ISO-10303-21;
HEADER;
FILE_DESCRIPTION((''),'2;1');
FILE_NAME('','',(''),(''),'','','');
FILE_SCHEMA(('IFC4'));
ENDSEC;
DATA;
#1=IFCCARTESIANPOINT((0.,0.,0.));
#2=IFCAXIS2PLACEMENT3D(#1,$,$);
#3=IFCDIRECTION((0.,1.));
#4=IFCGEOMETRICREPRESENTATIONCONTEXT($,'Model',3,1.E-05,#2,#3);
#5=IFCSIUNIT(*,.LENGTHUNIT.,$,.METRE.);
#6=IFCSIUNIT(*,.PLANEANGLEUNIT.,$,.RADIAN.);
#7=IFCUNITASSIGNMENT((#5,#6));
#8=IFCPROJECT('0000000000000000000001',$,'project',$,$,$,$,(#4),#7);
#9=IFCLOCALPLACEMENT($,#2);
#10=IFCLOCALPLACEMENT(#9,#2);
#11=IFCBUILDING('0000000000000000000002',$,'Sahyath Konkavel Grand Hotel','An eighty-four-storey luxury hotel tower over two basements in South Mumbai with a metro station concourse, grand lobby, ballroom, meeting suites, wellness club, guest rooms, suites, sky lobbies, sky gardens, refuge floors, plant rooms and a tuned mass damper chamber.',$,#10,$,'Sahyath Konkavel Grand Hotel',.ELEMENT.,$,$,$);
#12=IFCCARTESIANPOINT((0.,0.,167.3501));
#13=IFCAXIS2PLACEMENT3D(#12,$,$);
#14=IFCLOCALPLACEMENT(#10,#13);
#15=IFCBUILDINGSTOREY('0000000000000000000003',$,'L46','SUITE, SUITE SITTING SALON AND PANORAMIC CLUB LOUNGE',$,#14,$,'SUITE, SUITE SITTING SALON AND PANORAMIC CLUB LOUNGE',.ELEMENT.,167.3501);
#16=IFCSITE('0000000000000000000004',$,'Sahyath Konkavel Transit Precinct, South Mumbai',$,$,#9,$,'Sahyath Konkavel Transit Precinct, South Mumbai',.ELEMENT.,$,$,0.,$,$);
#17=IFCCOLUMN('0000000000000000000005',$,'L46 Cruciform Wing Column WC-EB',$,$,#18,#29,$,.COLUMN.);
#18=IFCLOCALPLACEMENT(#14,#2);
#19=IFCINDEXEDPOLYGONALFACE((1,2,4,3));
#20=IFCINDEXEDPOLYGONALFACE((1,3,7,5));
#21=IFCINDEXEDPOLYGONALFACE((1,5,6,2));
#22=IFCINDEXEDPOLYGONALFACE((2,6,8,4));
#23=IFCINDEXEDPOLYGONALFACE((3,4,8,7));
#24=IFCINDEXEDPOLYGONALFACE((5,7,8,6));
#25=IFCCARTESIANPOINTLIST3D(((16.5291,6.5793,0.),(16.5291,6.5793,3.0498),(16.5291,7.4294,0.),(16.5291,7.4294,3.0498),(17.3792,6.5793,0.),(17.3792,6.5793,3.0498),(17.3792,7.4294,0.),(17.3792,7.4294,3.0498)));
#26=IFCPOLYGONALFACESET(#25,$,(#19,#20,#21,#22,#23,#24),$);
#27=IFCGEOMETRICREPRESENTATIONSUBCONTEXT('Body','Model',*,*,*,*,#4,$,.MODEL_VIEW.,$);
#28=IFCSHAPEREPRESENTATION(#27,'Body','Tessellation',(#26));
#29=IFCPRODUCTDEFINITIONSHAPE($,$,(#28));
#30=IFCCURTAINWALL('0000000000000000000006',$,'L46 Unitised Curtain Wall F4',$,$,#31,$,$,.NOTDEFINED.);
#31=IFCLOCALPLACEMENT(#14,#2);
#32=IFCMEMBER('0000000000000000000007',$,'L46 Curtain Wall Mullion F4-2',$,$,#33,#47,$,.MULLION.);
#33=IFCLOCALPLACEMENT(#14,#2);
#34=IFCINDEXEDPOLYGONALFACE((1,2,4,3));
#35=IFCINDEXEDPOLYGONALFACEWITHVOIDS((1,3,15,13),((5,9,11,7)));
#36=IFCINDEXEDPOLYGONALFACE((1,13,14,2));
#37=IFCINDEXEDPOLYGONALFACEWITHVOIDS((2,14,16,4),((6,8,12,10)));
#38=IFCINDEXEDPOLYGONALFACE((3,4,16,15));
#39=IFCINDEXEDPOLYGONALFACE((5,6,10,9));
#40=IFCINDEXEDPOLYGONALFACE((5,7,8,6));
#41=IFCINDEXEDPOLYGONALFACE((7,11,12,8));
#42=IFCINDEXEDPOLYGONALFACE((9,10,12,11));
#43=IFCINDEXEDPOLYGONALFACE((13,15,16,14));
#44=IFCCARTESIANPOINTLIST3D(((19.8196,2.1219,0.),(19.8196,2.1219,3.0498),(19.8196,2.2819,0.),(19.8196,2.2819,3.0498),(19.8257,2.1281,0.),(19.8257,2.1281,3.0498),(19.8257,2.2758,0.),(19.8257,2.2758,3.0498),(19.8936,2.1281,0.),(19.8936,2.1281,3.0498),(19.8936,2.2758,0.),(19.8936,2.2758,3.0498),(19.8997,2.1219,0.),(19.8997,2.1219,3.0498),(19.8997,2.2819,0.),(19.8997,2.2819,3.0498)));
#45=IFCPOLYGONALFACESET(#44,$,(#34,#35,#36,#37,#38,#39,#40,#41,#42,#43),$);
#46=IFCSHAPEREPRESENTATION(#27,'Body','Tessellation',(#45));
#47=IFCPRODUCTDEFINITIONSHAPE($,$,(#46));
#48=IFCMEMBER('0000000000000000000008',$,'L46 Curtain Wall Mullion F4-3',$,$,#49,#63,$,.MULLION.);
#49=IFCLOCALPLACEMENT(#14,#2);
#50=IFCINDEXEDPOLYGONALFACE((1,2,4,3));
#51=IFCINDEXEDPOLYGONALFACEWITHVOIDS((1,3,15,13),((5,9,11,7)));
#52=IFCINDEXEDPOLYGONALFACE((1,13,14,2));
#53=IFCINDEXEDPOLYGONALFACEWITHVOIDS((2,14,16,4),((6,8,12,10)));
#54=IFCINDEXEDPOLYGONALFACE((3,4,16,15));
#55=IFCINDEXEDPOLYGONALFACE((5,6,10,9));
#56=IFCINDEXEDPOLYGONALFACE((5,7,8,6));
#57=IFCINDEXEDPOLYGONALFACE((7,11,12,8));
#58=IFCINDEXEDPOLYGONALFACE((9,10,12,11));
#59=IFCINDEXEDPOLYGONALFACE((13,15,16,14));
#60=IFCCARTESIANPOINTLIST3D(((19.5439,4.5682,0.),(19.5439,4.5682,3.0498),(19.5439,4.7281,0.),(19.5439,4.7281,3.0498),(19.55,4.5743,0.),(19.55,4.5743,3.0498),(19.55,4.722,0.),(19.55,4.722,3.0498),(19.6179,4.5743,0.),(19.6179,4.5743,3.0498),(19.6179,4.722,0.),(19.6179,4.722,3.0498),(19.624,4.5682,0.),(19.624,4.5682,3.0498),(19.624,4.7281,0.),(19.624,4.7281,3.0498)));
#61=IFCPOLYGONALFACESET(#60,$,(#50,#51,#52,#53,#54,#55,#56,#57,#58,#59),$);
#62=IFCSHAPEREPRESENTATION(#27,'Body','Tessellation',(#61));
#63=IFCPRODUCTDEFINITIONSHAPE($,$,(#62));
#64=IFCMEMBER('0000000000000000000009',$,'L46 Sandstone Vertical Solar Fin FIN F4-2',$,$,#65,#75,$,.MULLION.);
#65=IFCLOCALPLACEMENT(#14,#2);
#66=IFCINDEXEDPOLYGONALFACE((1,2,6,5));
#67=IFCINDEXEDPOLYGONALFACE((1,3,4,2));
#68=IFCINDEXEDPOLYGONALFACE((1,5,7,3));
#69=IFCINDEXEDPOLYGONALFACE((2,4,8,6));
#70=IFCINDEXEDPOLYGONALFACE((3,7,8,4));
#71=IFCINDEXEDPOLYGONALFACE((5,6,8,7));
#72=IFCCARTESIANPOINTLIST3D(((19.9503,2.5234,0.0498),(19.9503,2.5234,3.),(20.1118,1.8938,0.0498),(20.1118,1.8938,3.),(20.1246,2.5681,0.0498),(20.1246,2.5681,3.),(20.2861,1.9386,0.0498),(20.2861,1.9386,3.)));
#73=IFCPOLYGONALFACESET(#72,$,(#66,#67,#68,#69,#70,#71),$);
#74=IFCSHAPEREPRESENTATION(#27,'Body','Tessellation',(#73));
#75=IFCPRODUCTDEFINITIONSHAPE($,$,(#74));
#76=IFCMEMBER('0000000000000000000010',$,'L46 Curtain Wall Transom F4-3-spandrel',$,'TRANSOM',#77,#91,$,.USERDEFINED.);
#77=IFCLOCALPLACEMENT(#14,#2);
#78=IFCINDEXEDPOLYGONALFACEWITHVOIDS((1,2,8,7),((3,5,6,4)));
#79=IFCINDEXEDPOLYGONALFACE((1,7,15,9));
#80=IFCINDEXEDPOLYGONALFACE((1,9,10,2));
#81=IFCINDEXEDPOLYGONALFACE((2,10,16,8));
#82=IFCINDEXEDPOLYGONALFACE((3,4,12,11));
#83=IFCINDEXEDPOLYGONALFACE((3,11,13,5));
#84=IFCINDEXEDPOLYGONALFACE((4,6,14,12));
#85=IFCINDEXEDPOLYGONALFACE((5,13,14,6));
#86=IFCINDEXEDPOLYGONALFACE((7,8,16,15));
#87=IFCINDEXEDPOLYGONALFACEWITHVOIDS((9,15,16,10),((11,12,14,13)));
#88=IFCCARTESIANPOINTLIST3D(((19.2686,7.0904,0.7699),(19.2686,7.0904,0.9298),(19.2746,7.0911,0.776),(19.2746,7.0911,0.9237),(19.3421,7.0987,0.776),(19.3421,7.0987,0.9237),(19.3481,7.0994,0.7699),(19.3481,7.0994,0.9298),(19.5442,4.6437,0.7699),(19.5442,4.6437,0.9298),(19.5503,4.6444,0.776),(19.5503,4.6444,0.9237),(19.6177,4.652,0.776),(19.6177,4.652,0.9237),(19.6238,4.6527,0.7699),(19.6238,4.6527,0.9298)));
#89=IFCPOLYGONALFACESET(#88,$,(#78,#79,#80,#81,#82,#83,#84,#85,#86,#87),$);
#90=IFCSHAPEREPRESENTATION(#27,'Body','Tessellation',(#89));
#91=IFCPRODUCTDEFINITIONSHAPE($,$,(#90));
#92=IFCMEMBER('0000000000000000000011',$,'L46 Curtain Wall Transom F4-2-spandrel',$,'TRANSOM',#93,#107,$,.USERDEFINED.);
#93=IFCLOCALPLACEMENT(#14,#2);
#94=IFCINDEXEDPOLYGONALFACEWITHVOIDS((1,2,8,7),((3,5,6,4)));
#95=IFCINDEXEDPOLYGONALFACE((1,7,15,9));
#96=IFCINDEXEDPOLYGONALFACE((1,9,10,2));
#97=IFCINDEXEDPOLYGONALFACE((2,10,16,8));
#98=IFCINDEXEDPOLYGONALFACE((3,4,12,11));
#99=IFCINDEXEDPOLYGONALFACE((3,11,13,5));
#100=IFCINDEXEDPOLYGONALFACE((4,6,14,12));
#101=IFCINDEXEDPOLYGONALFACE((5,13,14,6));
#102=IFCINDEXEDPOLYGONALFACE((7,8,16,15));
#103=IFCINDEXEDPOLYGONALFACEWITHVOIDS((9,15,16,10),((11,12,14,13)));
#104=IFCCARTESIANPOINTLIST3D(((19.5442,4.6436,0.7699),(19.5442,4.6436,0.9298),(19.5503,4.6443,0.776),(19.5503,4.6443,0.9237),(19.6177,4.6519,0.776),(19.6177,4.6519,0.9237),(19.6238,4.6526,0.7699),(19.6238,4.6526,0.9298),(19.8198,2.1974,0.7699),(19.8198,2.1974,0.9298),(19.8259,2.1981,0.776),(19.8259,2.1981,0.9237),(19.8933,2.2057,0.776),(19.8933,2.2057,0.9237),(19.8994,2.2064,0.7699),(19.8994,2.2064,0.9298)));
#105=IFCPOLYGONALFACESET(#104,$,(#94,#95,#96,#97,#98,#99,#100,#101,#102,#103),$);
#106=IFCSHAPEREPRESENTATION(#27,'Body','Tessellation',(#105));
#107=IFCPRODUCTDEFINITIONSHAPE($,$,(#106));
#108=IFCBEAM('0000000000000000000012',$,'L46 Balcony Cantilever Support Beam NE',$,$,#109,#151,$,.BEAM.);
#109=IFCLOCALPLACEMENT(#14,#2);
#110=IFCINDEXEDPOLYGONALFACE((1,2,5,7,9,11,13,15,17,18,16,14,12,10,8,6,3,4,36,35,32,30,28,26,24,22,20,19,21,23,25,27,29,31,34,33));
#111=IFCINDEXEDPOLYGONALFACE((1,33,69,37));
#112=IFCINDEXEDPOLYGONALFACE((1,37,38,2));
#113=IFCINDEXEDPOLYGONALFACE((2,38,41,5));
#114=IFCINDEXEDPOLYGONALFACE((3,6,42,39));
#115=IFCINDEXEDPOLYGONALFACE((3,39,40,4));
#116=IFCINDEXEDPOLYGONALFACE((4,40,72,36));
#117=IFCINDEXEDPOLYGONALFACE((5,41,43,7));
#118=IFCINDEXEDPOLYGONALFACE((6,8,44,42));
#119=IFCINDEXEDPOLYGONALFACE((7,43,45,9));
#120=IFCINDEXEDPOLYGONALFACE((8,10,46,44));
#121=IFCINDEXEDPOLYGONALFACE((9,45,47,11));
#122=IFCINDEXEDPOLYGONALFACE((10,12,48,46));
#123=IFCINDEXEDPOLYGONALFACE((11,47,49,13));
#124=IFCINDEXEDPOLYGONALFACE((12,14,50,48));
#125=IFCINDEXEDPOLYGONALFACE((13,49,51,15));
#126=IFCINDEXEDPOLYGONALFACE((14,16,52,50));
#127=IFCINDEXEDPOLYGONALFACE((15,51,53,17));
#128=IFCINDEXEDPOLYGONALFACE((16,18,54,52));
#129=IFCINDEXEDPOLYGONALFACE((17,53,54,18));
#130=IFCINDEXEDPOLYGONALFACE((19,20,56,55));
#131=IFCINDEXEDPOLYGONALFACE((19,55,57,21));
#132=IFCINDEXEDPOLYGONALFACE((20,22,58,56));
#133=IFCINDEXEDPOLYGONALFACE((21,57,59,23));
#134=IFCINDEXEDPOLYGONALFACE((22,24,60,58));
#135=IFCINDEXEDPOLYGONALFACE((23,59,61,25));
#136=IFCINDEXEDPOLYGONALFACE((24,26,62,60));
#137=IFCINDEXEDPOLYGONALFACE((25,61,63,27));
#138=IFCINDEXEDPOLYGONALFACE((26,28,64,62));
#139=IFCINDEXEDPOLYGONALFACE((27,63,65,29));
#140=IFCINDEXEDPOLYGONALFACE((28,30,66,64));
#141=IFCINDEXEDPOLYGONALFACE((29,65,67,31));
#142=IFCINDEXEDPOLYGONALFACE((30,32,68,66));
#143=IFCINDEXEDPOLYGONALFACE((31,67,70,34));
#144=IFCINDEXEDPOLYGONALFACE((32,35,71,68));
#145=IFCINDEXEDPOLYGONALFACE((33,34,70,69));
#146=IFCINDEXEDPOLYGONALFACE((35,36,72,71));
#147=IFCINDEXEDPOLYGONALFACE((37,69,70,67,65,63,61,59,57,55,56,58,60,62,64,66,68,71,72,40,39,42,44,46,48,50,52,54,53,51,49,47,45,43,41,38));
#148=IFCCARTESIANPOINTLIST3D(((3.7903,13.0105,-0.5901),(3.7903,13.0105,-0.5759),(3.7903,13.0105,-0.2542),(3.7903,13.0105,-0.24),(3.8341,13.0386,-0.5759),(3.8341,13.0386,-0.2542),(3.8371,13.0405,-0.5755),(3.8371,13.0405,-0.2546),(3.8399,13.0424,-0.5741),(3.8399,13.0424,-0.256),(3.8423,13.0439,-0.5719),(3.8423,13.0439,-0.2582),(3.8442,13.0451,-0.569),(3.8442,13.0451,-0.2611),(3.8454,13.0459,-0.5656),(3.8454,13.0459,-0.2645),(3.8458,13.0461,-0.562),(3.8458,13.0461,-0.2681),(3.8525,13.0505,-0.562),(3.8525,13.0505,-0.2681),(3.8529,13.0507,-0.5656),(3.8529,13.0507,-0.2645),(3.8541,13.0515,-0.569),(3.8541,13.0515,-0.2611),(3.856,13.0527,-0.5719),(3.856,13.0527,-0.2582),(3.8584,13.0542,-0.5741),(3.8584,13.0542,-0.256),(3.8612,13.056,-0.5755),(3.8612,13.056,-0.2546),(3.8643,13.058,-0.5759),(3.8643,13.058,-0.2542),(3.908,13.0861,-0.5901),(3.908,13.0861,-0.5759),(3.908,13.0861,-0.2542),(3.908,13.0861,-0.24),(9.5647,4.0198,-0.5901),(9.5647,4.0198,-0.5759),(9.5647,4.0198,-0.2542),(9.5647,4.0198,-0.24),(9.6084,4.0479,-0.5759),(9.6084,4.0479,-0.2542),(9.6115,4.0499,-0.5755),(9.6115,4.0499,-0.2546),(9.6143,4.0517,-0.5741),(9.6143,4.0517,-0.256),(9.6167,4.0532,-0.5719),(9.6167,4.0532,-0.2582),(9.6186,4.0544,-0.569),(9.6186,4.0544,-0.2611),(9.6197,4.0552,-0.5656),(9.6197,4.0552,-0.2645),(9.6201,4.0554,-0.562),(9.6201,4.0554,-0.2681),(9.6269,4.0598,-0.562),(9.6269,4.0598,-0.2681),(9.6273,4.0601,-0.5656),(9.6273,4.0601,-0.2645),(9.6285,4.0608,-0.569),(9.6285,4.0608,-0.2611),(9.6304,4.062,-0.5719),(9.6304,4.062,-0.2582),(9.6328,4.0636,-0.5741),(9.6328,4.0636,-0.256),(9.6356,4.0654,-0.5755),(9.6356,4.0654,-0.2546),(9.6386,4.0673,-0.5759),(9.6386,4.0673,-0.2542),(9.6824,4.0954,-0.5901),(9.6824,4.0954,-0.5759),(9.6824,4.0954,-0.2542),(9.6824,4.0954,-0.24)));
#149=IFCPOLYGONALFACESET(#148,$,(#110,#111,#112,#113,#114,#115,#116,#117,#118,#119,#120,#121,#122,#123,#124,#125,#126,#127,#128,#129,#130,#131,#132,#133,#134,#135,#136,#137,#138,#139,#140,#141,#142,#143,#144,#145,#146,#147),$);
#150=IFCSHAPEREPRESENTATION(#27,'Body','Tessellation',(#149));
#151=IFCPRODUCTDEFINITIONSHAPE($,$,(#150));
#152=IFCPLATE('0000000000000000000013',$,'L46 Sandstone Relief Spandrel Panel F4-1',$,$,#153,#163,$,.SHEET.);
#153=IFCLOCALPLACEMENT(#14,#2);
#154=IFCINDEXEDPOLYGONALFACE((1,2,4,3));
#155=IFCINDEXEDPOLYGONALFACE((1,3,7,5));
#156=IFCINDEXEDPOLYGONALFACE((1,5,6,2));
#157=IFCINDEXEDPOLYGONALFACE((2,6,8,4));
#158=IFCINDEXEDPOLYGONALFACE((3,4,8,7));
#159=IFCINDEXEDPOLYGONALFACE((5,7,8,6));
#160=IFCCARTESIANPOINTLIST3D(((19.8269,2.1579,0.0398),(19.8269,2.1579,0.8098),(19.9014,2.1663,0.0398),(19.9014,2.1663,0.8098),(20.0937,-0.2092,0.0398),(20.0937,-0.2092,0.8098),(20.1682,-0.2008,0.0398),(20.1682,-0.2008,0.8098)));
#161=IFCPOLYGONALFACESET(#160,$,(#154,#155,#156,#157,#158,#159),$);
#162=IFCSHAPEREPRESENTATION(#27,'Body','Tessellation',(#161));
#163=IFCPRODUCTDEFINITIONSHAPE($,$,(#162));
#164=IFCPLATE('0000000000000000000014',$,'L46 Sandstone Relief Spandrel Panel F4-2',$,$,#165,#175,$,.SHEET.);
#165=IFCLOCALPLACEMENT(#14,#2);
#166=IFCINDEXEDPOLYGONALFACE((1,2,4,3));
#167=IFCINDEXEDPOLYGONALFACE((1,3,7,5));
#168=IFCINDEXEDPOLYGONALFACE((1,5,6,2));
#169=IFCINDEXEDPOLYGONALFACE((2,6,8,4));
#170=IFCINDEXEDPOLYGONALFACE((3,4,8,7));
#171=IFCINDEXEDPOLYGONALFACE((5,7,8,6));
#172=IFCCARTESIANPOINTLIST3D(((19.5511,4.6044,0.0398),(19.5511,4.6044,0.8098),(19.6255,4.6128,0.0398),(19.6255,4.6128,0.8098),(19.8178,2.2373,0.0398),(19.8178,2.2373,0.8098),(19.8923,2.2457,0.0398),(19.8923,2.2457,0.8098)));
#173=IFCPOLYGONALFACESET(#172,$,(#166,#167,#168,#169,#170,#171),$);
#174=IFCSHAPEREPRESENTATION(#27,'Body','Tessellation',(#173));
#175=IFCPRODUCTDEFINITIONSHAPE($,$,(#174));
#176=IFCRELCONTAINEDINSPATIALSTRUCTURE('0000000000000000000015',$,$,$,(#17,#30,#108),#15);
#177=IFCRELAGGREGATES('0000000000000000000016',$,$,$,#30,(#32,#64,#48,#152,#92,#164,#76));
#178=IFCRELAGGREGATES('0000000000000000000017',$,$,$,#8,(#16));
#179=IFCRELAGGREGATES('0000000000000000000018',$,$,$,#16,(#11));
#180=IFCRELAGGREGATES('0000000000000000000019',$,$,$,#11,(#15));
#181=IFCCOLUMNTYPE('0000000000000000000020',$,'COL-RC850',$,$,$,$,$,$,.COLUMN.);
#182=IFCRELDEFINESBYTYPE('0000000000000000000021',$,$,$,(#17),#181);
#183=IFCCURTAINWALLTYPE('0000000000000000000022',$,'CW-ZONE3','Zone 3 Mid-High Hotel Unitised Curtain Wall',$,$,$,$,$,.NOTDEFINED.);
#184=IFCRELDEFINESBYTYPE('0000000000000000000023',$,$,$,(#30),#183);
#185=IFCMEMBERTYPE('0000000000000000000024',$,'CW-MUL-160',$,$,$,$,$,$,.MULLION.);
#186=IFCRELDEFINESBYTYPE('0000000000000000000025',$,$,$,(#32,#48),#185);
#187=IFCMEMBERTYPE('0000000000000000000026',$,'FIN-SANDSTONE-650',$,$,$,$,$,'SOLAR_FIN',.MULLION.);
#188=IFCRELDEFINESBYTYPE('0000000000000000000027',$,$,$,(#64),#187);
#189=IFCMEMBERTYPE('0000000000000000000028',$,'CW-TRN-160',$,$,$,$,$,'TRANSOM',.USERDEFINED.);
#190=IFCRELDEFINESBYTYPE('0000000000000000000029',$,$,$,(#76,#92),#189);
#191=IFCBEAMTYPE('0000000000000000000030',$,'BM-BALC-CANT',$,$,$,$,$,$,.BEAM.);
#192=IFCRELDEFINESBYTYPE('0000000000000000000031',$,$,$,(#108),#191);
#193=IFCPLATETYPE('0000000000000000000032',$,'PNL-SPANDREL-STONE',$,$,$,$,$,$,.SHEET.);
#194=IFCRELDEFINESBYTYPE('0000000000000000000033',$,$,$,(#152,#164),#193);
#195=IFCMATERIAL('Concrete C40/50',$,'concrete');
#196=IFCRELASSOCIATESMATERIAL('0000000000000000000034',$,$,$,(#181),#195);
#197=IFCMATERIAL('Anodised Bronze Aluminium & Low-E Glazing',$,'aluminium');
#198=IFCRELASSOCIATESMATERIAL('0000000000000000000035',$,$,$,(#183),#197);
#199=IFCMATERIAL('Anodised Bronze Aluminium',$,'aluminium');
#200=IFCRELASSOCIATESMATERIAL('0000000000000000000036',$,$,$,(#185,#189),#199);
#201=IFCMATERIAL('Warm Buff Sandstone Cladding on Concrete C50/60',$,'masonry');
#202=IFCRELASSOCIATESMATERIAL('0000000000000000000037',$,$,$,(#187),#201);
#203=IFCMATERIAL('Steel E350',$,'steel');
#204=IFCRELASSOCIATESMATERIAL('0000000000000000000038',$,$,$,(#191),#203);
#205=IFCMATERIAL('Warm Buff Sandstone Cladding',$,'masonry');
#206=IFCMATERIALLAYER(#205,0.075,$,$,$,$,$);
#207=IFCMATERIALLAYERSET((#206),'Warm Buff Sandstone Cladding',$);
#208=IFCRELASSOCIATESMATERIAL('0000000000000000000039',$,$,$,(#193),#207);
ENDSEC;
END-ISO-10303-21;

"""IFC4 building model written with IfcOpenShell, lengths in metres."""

from ifc_helpers import new_model, si_unit, direction, frame, origin, origin_2d, place, context, subcontext, project, spatial, rectangle, hollow_rectangle, i_section, extrude, source, transform, mapped, material, layer, layer_set, material_profile, profile_set, type_object, element, aggregate, save


model = new_model("IFC4")

# Units and contexts
model_context = context("Model", 3, precision=1e-05, world=origin(), true_north=direction((0.0, 1.0)))
body_context = subcontext(model_context, "Body", "Model", "MODEL_VIEW")
ifc_project = project(units=[si_unit("LENGTHUNIT", "METRE"), si_unit("PLANEANGLEUNIT", "RADIAN")], contexts=[model_context])

# Site, building, storey
site_placement = place(None, origin())
site = spatial("IfcSite", under=ifc_project, at=site_placement, Name="Sahyath Konkavel Transit Precinct, South Mumbai", LongName="Sahyath Konkavel Transit Precinct, South Mumbai", CompositionType="ELEMENT", RefElevation=0.0)
building_placement = place(site_placement, origin())
building = spatial("IfcBuilding", under=site, at=building_placement, Name="Sahyath Konkavel Grand Hotel", Description="An eighty-four-storey luxury hotel tower over two basements in South Mumbai with a metro station concourse, grand lobby, ballroom, meeting suites, wellness club, guest rooms, suites, sky lobbies, sky gardens, refuge floors, plant rooms and a tuned mass damper chamber.", LongName="Sahyath Konkavel Grand Hotel", CompositionType="ELEMENT")
storey_placement = place(building_placement, frame((0.0, 0.0, 167.3501)))
storey = spatial("IfcBuildingStorey", under=building, at=storey_placement, Name="L46", Description="SUITE, SUITE SITTING SALON AND PANORAMIC CLUB LOUNGE", LongName="SUITE, SUITE SITTING SALON AND PANORAMIC CLUB LOUNGE", CompositionType="ELEMENT", Elevation=167.3501)

# Column
ifc_material_1 = material(Name="Concrete C40/50", Category="concrete")
ifc_material_profile_1 = material_profile(ifc_material_1, rectangle(XDim=0.8501, YDim=0.8501, at=origin_2d()), Name="RC 850x850")
ifc_profile_set_1 = profile_set([ifc_material_profile_1], Name="Concrete C40/50")
column_type = type_object("IfcColumnType", Name="COL-RC850", PredefinedType="COLUMN", material=ifc_profile_set_1)
shared_shape_1 = source(origin(), body_context, "Body", "SweptSolid", [
    extrude(rectangle(XDim=0.8501, YDim=0.8501, at=origin_2d()), origin(), (0.0, 0.0, 1.0), 3.0498),
])
column_placement = place(storey_placement, frame((16.9541, 7.0044, 0.0), z_axis=(0.0, 0.0, 1.0), x_axis=(1.0, 0.0, 0.0)))
element("IfcColumn", 1, at=column_placement, inside=storey, type_object=column_type, Name="L46 Cruciform Wing Column WC-EB", PredefinedType="COLUMN", context=body_context, shape_type="MappedRepresentation", body=[
    mapped(shared_shape_1, transform((0.0, 0.0, 0.0), scale=1.0)),
])

# Curtain wall, members
ifc_material_2 = material(Name="Anodised Bronze Aluminium & Low-E Glazing", Category="aluminium")
curtain_wall_type = type_object("IfcCurtainWallType", Name="CW-ZONE3", Description="Zone 3 Mid-High Hotel Unitised Curtain Wall", PredefinedType="NOTDEFINED", material=ifc_material_2)
curtain_wall_placement = place(storey_placement, origin())
curtain_wall = element("IfcCurtainWall", 2, at=curtain_wall_placement, inside=storey, type_object=curtain_wall_type, Name="L46 Unitised Curtain Wall F4", PredefinedType="NOTDEFINED")
ifc_material_3 = material(Name="Anodised Bronze Aluminium", Category="aluminium")
ifc_material_profile_2 = material_profile(ifc_material_3, hollow_rectangle(XDim=0.0801, YDim=0.1599, WallThickness=0.0061, at=origin_2d()), Name="RHS 160x80x6")
ifc_profile_set_2 = profile_set([ifc_material_profile_2], Name="Anodised Bronze Aluminium")
member_type_1 = type_object("IfcMemberType", Name="CW-MUL-160", PredefinedType="MULLION", material=ifc_profile_set_2)
shared_shape_2 = source(origin(), body_context, "Body", "SweptSolid", [
    extrude(hollow_rectangle(XDim=0.0801, YDim=0.1599, WallThickness=0.0061, at=origin_2d()), origin(), (0.0, 0.0, 1.0), 3.0498),
])
member_1_placement = place(storey_placement, frame((19.8596, 2.2019, 0.0), z_axis=(0.0, 0.0, 1.0), x_axis=(1.0, 0.0, 0.0)))
member_1 = element("IfcMember", 3, at=member_1_placement, type_object=member_type_1, Name="L46 Curtain Wall Mullion F4-2", PredefinedType="MULLION", context=body_context, shape_type="MappedRepresentation", body=[
    mapped(shared_shape_2, transform((0.0, 0.0, 0.0), scale=1.0)),
])
member_2_placement = place(storey_placement, frame((19.584, 4.6482, 0.0), z_axis=(0.0, 0.0, 1.0), x_axis=(1.0, 0.0, 0.0)))
member_2 = element("IfcMember", 4, at=member_2_placement, type_object=member_type_1, Name="L46 Curtain Wall Mullion F4-3", PredefinedType="MULLION", context=body_context, shape_type="MappedRepresentation", body=[
    mapped(shared_shape_2, transform((0.0, 0.0, 0.0), scale=1.0)),
])
ifc_material_4 = material(Name="Warm Buff Sandstone Cladding on Concrete C50/60", Category="masonry")
ifc_material_profile_3 = material_profile(ifc_material_4, rectangle(XDim=0.1799, YDim=0.6499, at=origin_2d()), Name="FIN 180x650")
ifc_profile_set_3 = profile_set([ifc_material_profile_3], Name="Warm Buff Sandstone Cladding on Concrete C50/60")
member_type_2 = type_object("IfcMemberType", Name="FIN-SANDSTONE-650", ElementType="SOLAR_FIN", PredefinedType="MULLION", material=ifc_profile_set_3)
shared_shape_3 = source(origin(), body_context, "Body", "SweptSolid", [
    extrude(rectangle(XDim=0.1799, YDim=0.6499, at=origin_2d()), origin(), (0.0, 0.0, 1.0), 2.9502),
])
member_3_placement = place(storey_placement, frame((20.1182, 2.231, 0.0498), z_axis=(0.0, 0.0, 1.0), x_axis=(0.968627, 0.248521, 0.0)))
member_3 = element("IfcMember", 5, at=member_3_placement, type_object=member_type_2, Name="L46 Sandstone Vertical Solar Fin FIN F4-2", PredefinedType="MULLION", context=body_context, shape_type="MappedRepresentation", body=[
    mapped(shared_shape_3, transform((0.0, 0.0, 0.0), scale=1.0)),
])
ifc_material_profile_4 = material_profile(ifc_material_3, hollow_rectangle(XDim=0.0801, YDim=0.1599, WallThickness=0.0061, at=origin_2d()), Name="RHS 160x80x6")
ifc_profile_set_4 = profile_set([ifc_material_profile_4], Name="Anodised Bronze Aluminium")
member_type_3 = type_object("IfcMemberType", Name="CW-TRN-160", ElementType="TRANSOM", PredefinedType="USERDEFINED", material=ifc_profile_set_4)
shared_shape_4 = source(origin(), body_context, "Body", "SweptSolid", [
    extrude(hollow_rectangle(XDim=0.0801, YDim=0.1599, WallThickness=0.0061, at=origin_2d()), origin(), (0.0, 0.0, 1.0), 2.4622),
])
member_4_placement = place(storey_placement, frame((19.584, 4.6482, 0.8499), z_axis=(-0.111944, 0.993715, 0.0), x_axis=(-0.993715, -0.111944, 0.0)))
member_4 = element("IfcMember", 6, at=member_4_placement, type_object=member_type_3, Name="L46 Curtain Wall Transom F4-3-spandrel", ObjectType="TRANSOM", PredefinedType="USERDEFINED", context=body_context, shape_type="MappedRepresentation", body=[
    mapped(shared_shape_4, transform((0.0, 0.0, 0.0), scale=1.0)),
])
shared_shape_5 = source(origin(), body_context, "Body", "SweptSolid", [
    extrude(hollow_rectangle(XDim=0.0801, YDim=0.1599, WallThickness=0.0061, at=origin_2d()), origin(), (0.0, 0.0, 1.0), 2.4617),
])
member_5_placement = place(storey_placement, frame((19.8596, 2.2019, 0.8499), z_axis=(-0.111966, 0.993712, 0.0), x_axis=(-0.993712, -0.111966, 0.0)))
member_5 = element("IfcMember", 7, at=member_5_placement, type_object=member_type_3, Name="L46 Curtain Wall Transom F4-2-spandrel", ObjectType="TRANSOM", PredefinedType="USERDEFINED", context=body_context, shape_type="MappedRepresentation", body=[
    mapped(shared_shape_5, transform((0.0, 0.0, 0.0), scale=1.0)),
])

# Beam
ifc_material_5 = material(Name="Steel E350", Category="steel")
ifc_material_profile_5 = material_profile(ifc_material_5, i_section(OverallWidth=0.1399, OverallDepth=0.3501, WebThickness=0.0081, FlangeThickness=0.0142, FilletRadius=0.0139, at=origin_2d()), Name="ISMB 350")
ifc_profile_set_5 = profile_set([ifc_material_profile_5], Name="Steel E350")
beam_type = type_object("IfcBeamType", Name="BM-BALC-CANT", PredefinedType="BEAM", material=ifc_profile_set_5)
shared_shape_6 = source(origin(), body_context, "Body", "SweptSolid", [
    extrude(i_section(OverallWidth=0.1399, OverallDepth=0.3501, WebThickness=0.0081, FlangeThickness=0.0142, FilletRadius=0.0139, at=origin_2d()), origin(), (0.0, 0.0, 1.0), 10.6853),
])
beam_placement = place(storey_placement, frame((9.6235, 4.0576, -0.415), z_axis=(-0.540404, 0.841406, 0.0), x_axis=(-0.841406, -0.540404, 0.0)))
element("IfcBeam", 8, at=beam_placement, inside=storey, type_object=beam_type, Name="L46 Balcony Cantilever Support Beam NE", PredefinedType="BEAM", context=body_context, shape_type="MappedRepresentation", body=[
    mapped(shared_shape_6, transform((0.0, 0.0, 0.0), scale=1.0)),
])

# Plates
ifc_material_6 = material(Name="Warm Buff Sandstone Cladding", Category="masonry")
ifc_layer_1 = layer(ifc_material_6, 0.075)
ifc_layer_set_1 = layer_set([ifc_layer_1], Name="Warm Buff Sandstone Cladding")
plate_type_1 = type_object("IfcPlateType", Name="PNL-SPANDREL-STONE", PredefinedType="SHEET", material=ifc_layer_set_1)
shared_shape_7 = source(origin(), body_context, "Body", "SweptSolid", [
    extrude(rectangle(XDim=2.3821, YDim=0.075, at=origin_2d()), origin(), (0.0, 0.0, 1.0), 0.77),
])
plate_1_placement = place(storey_placement, frame((19.9976, 0.9785, 0.0398), z_axis=(0.0, 0.0, 1.0), x_axis=(-0.111989, 0.993709, 0.0)))
plate_1 = element("IfcPlate", 9, at=plate_1_placement, type_object=plate_type_1, Name="L46 Sandstone Relief Spandrel Panel F4-1", PredefinedType="SHEET", context=body_context, shape_type="MappedRepresentation", body=[
    mapped(shared_shape_7, transform((0.0, 0.0, 0.0), scale=1.0)),
])
plate_2_placement = place(storey_placement, frame((19.7217, 3.425, 0.0398), z_axis=(0.0, 0.0, 1.0), x_axis=(-0.111989, 0.993709, 0.0)))
plate_2 = element("IfcPlate", 10, at=plate_2_placement, type_object=plate_type_1, Name="L46 Sandstone Relief Spandrel Panel F4-2", PredefinedType="SHEET", context=body_context, shape_type="MappedRepresentation", body=[
    mapped(shared_shape_7, transform((0.0, 0.0, 0.0), scale=1.0)),
])
aggregate(curtain_wall, [member_1, member_3, member_2, plate_1, member_5, plate_2, member_4])

save(model, "model.ifc")
